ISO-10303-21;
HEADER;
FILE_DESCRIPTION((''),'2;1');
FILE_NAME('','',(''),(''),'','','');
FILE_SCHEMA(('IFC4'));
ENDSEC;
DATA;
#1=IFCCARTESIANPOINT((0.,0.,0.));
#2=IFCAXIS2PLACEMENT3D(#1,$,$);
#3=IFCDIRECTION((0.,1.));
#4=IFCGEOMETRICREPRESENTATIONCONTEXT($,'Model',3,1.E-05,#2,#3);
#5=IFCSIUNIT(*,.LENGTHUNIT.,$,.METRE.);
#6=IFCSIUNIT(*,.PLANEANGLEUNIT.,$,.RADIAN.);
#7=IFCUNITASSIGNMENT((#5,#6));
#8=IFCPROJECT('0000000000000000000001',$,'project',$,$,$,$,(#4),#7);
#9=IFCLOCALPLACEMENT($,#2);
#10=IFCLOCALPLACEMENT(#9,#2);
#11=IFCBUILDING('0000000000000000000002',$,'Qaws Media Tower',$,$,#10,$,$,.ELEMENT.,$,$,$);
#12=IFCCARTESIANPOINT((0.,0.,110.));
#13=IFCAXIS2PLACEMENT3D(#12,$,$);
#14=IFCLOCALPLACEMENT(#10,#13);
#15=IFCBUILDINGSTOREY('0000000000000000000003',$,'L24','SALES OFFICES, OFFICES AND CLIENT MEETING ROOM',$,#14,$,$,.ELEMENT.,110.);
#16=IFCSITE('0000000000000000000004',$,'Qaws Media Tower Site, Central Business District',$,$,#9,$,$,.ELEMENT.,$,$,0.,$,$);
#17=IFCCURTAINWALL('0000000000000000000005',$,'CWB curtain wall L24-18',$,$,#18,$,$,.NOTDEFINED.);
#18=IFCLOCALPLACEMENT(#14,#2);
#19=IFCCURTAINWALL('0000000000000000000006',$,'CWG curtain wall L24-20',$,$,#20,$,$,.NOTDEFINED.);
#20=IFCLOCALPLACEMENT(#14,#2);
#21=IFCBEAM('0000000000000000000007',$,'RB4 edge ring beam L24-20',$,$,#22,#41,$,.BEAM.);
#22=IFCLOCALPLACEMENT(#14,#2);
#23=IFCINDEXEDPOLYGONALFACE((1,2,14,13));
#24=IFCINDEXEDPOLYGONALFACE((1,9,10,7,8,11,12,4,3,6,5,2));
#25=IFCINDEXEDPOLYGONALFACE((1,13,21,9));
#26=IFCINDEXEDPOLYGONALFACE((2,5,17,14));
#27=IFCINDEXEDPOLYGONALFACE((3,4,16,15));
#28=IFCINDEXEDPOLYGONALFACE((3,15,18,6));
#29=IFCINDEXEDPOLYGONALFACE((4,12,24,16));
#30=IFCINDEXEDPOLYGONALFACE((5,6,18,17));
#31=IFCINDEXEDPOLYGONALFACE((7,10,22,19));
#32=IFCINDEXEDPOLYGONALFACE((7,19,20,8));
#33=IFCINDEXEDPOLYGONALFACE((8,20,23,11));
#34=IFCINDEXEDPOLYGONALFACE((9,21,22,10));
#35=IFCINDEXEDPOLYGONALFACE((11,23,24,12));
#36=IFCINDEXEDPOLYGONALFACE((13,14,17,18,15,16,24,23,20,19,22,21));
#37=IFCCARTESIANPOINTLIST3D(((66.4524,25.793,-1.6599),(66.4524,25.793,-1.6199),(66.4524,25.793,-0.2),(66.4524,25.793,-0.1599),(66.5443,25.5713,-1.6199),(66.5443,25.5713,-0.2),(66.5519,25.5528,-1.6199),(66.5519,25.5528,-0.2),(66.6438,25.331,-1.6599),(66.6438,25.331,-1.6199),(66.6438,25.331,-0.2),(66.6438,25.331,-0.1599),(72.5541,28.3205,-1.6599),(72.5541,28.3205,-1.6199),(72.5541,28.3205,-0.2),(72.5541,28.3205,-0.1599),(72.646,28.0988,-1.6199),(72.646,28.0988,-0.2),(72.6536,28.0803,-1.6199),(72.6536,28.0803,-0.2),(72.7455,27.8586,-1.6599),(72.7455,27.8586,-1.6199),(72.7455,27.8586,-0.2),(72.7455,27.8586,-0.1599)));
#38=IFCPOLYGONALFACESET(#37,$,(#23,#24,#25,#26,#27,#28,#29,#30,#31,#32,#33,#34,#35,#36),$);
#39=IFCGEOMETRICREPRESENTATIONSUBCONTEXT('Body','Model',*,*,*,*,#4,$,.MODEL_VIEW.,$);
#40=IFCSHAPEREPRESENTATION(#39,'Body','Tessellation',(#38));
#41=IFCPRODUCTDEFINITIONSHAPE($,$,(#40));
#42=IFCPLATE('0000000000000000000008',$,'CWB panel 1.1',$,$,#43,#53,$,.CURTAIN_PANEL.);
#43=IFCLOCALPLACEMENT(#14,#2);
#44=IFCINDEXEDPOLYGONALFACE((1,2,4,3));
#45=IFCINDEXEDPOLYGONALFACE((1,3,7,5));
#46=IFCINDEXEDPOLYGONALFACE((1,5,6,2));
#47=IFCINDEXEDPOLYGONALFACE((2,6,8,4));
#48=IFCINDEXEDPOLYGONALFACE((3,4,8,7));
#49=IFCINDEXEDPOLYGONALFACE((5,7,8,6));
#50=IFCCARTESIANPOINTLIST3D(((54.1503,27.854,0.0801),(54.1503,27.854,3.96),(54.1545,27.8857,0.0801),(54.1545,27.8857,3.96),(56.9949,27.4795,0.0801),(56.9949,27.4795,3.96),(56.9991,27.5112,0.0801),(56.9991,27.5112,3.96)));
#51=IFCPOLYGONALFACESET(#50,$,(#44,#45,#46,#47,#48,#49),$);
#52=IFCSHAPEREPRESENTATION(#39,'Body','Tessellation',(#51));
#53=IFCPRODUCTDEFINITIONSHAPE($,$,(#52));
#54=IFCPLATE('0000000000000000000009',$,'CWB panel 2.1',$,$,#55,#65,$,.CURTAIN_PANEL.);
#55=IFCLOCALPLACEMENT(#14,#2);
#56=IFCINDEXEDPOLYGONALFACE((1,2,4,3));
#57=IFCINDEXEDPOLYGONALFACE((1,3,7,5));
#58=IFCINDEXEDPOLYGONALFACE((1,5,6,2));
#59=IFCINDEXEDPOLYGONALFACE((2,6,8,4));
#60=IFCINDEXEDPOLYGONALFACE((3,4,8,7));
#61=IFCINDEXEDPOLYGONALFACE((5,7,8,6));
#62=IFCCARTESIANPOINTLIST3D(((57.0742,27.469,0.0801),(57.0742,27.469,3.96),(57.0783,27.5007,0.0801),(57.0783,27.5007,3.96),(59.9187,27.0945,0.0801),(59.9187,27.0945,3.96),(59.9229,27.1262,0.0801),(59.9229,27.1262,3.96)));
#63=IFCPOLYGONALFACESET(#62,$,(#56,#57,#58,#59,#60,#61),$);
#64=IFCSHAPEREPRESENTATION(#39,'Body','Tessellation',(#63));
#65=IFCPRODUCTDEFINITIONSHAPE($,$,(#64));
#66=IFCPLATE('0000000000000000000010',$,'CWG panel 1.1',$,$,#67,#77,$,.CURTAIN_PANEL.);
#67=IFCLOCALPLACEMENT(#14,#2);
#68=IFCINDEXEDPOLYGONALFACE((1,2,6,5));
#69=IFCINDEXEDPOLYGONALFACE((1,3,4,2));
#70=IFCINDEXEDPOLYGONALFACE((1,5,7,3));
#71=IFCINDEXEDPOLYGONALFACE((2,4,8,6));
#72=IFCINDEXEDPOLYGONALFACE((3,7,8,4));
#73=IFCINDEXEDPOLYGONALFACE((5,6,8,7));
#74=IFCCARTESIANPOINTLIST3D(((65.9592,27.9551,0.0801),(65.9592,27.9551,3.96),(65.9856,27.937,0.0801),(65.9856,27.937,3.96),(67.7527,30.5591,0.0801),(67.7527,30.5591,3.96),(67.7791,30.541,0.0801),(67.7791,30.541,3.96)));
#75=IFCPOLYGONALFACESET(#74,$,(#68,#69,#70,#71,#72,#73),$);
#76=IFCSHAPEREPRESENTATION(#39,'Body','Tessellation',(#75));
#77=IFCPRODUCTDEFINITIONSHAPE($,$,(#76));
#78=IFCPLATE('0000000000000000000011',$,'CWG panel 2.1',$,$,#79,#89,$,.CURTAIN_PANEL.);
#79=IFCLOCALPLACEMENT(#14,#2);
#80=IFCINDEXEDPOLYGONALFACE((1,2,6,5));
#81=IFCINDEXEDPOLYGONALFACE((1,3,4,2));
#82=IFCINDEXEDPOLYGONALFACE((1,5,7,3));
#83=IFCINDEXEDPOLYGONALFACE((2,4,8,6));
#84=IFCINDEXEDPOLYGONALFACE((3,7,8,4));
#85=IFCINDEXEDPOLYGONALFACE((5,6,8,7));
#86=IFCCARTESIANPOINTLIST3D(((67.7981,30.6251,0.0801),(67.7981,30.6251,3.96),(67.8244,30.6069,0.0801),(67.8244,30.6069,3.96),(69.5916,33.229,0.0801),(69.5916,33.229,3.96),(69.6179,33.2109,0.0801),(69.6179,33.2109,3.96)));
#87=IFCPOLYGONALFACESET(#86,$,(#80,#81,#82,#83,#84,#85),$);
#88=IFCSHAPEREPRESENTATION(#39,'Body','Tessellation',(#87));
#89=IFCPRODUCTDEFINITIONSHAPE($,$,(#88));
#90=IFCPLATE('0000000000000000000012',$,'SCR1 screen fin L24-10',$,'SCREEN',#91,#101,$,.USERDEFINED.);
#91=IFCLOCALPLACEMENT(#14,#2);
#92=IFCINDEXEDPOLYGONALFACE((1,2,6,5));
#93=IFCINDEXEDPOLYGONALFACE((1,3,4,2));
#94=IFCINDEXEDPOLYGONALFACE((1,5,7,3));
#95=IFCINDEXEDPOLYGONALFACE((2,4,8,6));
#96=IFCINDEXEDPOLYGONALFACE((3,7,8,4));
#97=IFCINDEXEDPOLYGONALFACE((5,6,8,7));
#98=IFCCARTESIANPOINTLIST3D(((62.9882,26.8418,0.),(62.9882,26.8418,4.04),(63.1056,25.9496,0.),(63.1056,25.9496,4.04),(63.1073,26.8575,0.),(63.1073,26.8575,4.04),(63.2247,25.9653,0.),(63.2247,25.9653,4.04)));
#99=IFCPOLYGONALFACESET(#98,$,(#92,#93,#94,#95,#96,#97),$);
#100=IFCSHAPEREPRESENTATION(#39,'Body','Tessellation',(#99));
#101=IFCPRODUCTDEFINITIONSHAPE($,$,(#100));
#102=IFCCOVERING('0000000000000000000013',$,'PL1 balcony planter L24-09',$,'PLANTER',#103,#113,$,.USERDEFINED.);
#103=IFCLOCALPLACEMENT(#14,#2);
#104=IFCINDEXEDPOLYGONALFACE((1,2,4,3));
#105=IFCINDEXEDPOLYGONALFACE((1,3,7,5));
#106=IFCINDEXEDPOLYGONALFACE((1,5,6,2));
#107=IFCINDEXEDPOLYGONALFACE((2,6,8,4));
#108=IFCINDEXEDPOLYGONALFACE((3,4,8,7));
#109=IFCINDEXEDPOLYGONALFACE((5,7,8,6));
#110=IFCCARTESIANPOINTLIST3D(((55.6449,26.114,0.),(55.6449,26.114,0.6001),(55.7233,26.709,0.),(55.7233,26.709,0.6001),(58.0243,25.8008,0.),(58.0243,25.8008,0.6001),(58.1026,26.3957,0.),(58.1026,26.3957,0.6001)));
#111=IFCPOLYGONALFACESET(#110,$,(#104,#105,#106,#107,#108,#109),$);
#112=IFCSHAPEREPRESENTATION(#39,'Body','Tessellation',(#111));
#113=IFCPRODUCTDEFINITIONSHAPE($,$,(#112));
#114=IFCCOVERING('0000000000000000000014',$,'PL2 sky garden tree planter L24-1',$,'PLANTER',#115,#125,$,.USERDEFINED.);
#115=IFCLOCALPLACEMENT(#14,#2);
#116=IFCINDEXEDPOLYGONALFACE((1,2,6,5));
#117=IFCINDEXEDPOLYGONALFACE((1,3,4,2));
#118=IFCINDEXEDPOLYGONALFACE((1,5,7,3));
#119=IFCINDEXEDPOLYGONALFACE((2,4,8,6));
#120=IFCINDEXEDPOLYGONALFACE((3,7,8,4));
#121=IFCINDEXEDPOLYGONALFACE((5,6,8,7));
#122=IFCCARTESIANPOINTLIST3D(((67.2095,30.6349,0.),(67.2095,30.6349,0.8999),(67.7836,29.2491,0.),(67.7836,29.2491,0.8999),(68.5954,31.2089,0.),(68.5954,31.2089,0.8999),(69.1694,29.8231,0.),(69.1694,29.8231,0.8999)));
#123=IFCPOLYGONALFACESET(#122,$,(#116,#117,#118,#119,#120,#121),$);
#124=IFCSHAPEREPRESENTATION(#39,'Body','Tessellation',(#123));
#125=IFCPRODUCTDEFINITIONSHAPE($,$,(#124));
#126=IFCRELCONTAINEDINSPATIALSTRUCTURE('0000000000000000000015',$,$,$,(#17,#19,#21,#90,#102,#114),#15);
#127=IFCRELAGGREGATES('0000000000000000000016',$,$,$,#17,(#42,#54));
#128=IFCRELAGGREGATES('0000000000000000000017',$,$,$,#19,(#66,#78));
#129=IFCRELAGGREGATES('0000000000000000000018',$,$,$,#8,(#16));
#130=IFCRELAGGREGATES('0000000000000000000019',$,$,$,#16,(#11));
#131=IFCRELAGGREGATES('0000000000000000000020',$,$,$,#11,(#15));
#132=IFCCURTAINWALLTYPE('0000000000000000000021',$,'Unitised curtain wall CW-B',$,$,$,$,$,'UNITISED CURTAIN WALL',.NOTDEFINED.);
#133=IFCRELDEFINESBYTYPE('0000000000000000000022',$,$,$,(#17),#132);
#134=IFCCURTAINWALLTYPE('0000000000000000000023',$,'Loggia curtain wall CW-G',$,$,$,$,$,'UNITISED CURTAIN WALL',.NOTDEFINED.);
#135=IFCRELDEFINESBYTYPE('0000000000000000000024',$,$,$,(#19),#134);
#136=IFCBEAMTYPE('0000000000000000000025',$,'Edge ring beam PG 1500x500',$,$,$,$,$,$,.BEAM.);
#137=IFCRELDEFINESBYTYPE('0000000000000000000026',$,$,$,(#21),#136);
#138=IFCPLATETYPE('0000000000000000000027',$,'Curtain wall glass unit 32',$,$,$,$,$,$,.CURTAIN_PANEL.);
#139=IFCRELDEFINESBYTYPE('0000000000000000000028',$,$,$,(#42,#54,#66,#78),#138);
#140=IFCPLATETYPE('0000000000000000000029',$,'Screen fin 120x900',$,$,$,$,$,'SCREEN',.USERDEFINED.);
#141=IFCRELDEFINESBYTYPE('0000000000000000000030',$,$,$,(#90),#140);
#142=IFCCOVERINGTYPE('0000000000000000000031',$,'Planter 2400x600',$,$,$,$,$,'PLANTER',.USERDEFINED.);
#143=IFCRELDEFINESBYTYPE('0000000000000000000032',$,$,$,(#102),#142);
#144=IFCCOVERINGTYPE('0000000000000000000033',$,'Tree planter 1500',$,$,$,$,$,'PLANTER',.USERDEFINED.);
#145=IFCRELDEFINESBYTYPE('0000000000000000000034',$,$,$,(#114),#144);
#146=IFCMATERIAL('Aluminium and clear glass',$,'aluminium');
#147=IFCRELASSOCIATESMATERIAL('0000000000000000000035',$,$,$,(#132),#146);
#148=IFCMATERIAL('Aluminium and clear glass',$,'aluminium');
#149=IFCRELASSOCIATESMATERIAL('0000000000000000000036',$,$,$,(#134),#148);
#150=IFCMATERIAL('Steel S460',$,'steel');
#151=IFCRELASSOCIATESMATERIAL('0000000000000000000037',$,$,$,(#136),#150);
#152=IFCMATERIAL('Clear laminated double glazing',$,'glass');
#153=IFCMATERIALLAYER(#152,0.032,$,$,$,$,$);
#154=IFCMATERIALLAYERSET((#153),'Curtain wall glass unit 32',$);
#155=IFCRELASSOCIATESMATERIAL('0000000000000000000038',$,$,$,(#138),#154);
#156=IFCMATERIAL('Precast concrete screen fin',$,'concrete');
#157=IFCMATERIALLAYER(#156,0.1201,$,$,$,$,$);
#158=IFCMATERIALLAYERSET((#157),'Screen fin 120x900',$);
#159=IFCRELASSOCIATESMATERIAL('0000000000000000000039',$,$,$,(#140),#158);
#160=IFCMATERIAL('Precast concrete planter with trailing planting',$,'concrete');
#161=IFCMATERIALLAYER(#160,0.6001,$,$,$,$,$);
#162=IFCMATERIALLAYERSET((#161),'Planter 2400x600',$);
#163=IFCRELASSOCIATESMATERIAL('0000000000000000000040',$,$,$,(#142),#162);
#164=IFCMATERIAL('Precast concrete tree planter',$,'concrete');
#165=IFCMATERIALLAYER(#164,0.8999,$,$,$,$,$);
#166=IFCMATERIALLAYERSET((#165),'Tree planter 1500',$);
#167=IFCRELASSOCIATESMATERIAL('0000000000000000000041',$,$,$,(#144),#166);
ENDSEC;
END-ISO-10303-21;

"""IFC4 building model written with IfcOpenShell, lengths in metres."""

from ifc_helpers import new_model, si_unit, direction, frame, origin, origin_2d, place, context, subcontext, project, spatial, rectangle, i_section, extrude, material, layer, layer_set, material_profile, profile_set, type_object, element, aggregate, save


model = new_model("IFC4")

# Units and contexts
model_context = context("Model", 3, precision=1e-05, world=origin(), true_north=direction((0.0, 1.0)))
body_context = subcontext(model_context, "Body", "Model", "MODEL_VIEW")
ifc_project = project(units=[si_unit("LENGTHUNIT", "METRE"), si_unit("PLANEANGLEUNIT", "RADIAN")], contexts=[model_context])

# Site, building, storey
site_placement = place(None, origin())
site = spatial("IfcSite", under=ifc_project, at=site_placement, Name="Qaws Media Tower Site, Central Business District", CompositionType="ELEMENT", RefElevation=0.0)
building_placement = place(site_placement, origin())
building = spatial("IfcBuilding", under=site, at=building_placement, Name="Qaws Media Tower", CompositionType="ELEMENT")
storey_placement = place(building_placement, frame((0.0, 0.0, 110.0)))
storey = spatial("IfcBuildingStorey", under=building, at=storey_placement, Name="L24", Description="SALES OFFICES, OFFICES AND CLIENT MEETING ROOM", CompositionType="ELEMENT", Elevation=110.0)

# Curtain walls
ifc_material_1 = material(Name="Aluminium and clear glass", Category="aluminium")
curtain_wall_type_1 = type_object("IfcCurtainWallType", Name="Unitised curtain wall CW-B", ElementType="UNITISED CURTAIN WALL", PredefinedType="NOTDEFINED", material=ifc_material_1)
curtain_wall_1_placement = place(storey_placement, origin())
curtain_wall_1 = element("IfcCurtainWall", 1, at=curtain_wall_1_placement, inside=storey, type_object=curtain_wall_type_1, Name="CWB curtain wall L24-18", PredefinedType="NOTDEFINED")
ifc_material_2 = material(Name="Aluminium and clear glass", Category="aluminium")
curtain_wall_type_2 = type_object("IfcCurtainWallType", Name="Loggia curtain wall CW-G", ElementType="UNITISED CURTAIN WALL", PredefinedType="NOTDEFINED", material=ifc_material_2)
curtain_wall_2_placement = place(storey_placement, origin())
curtain_wall_2 = element("IfcCurtainWall", 2, at=curtain_wall_2_placement, inside=storey, type_object=curtain_wall_type_2, Name="CWG curtain wall L24-20", PredefinedType="NOTDEFINED")

# Beam
ifc_material_3 = material(Name="Steel S460", Category="steel")
ifc_material_profile_1 = material_profile(ifc_material_3, i_section(OverallWidth=0.5, OverallDepth=1.5, WebThickness=0.02, FlangeThickness=0.04, at=origin_2d()), Name="PG 1500x500")
ifc_profile_set_1 = profile_set([ifc_material_profile_1], Name="Steel S460")
beam_type = type_object("IfcBeamType", Name="Edge ring beam PG 1500x500", PredefinedType="BEAM", material=ifc_profile_set_1)
for number, where, z_axis, x_axis, name in (
    (3, (66.5481, 25.562, -0.9099), (0.923872, 0.382701, 0.0), (-0.382701, 0.923872, 0.0), "RB4 edge ring beam L24-20"),
):
    element("IfcBeam", number, at=place(storey_placement, frame(where, z_axis=z_axis, x_axis=x_axis)), inside=storey, type_object=beam_type, Name=name, PredefinedType="BEAM", context=body_context, shape_type="SweptSolid", body=[
        extrude(i_section(OverallWidth=0.5, OverallDepth=1.5, WebThickness=0.02, FlangeThickness=0.04, at=origin_2d()), origin(), (0.0, 0.0, 1.0), 6.6045),
    ])

# Plates
ifc_material_4 = material(Name="Clear laminated double glazing", Category="glass")
ifc_layer_1 = layer(ifc_material_4, 0.032)
ifc_layer_set_1 = layer_set([ifc_layer_1], Name="Curtain wall glass unit 32")
plate_type_1 = type_object("IfcPlateType", Name="Curtain wall glass unit 32", PredefinedType="CURTAIN_PANEL", material=ifc_layer_set_1)
plate_1_placement = place(storey_placement, frame((55.5747, 27.6826, 0.0801), z_axis=(0.0, 0.0, 1.0), x_axis=(0.991445, -0.130526, 0.0)))
plate_1 = element("IfcPlate", 4, at=plate_1_placement, type_object=plate_type_1, Name="CWB panel 1.1", PredefinedType="CURTAIN_PANEL", context=body_context, shape_type="SweptSolid", body=[
    extrude(rectangle(XDim=2.8691, YDim=0.032, at=origin_2d()), origin(), (0.0, 0.0, 1.0), 3.8799),
])
plate_2_placement = place(storey_placement, frame((58.4985, 27.2976, 0.0801), z_axis=(0.0, 0.0, 1.0), x_axis=(0.991445, -0.130526, 0.0)))
plate_2 = element("IfcPlate", 5, at=plate_2_placement, type_object=plate_type_1, Name="CWB panel 2.1", PredefinedType="CURTAIN_PANEL", context=body_context, shape_type="SweptSolid", body=[
    extrude(rectangle(XDim=2.8691, YDim=0.032, at=origin_2d()), origin(), (0.0, 0.0, 1.0), 3.8799),
])
aggregate(curtain_wall_1, [plate_1, plate_2])
plate_3_placement = place(storey_placement, frame((66.8691, 29.248, 0.0801), z_axis=(0.0, 0.0, 1.0), x_axis=(0.567235, 0.823556, 0.0)))
plate_3 = element("IfcPlate", 6, at=plate_3_placement, type_object=plate_type_1, Name="CWG panel 1.1", PredefinedType="CURTAIN_PANEL", context=body_context, shape_type="SweptSolid", body=[
    extrude(rectangle(XDim=3.1619, YDim=0.032, at=origin_2d()), origin(), (0.0, 0.0, 1.0), 3.8799),
])
plate_4_placement = place(storey_placement, frame((68.708, 31.918, 0.0801), z_axis=(0.0, 0.0, 1.0), x_axis=(0.567235, 0.823556, 0.0)))
plate_4 = element("IfcPlate", 7, at=plate_4_placement, type_object=plate_type_1, Name="CWG panel 2.1", PredefinedType="CURTAIN_PANEL", context=body_context, shape_type="SweptSolid", body=[
    extrude(rectangle(XDim=3.1619, YDim=0.032, at=origin_2d()), origin(), (0.0, 0.0, 1.0), 3.8799),
])
aggregate(curtain_wall_2, [plate_3, plate_4])
ifc_material_5 = material(Name="Precast concrete screen fin", Category="concrete")
ifc_layer_2 = layer(ifc_material_5, 0.1201)
ifc_layer_set_2 = layer_set([ifc_layer_2], Name="Screen fin 120x900")
plate_type_2 = type_object("IfcPlateType", Name="Screen fin 120x900", ElementType="SCREEN", PredefinedType="USERDEFINED", material=ifc_layer_set_2)
plate_5_placement = place(storey_placement, frame((63.1064, 26.4036, 0.0), z_axis=(0.0, 0.0, 1.0), x_axis=(0.130526, -0.991445, 0.0)))
element("IfcPlate", 8, at=plate_5_placement, inside=storey, type_object=plate_type_2, Name="SCR1 screen fin L24-10", ObjectType="SCREEN", PredefinedType="USERDEFINED", context=body_context, shape_type="SweptSolid", body=[
    extrude(rectangle(XDim=0.8999, YDim=0.1201, at=origin_2d()), origin(), (0.0, 0.0, 1.0), 4.04),
])

# Coverings
ifc_material_6 = material(Name="Precast concrete planter with trailing planting", Category="concrete")
ifc_layer_3 = layer(ifc_material_6, 0.6001)
ifc_layer_set_3 = layer_set([ifc_layer_3], Name="Planter 2400x600")
covering_type_1 = type_object("IfcCoveringType", Name="Planter 2400x600", ElementType="PLANTER", PredefinedType="USERDEFINED", material=ifc_layer_set_3)
covering_1_placement = place(storey_placement, frame((56.8738, 26.2549, 0.0), z_axis=(0.0, 0.0, 1.0), x_axis=(0.991445, -0.130526, 0.0)))
element("IfcCovering", 9, at=covering_1_placement, inside=storey, type_object=covering_type_1, Name="PL1 balcony planter L24-09", ObjectType="PLANTER", PredefinedType="USERDEFINED", context=body_context, shape_type="SweptSolid", body=[
    extrude(rectangle(XDim=2.3999, YDim=0.6001, at=origin_2d()), origin(), (0.0, 0.0, 1.0), 0.6001),
])
ifc_material_7 = material(Name="Precast concrete tree planter", Category="concrete")
ifc_layer_4 = layer(ifc_material_7, 0.8999)
ifc_layer_set_4 = layer_set([ifc_layer_4], Name="Tree planter 1500")
covering_type_2 = type_object("IfcCoveringType", Name="Tree planter 1500", ElementType="PLANTER", PredefinedType="USERDEFINED", material=ifc_layer_set_4)
covering_2_placement = place(storey_placement, frame((68.1895, 30.229, 0.0), z_axis=(0.0, 0.0, 1.0), x_axis=(0.382683, -0.92388, 0.0)))
element("IfcCovering", 10, at=covering_2_placement, inside=storey, type_object=covering_type_2, Name="PL2 sky garden tree planter L24-1", ObjectType="PLANTER", PredefinedType="USERDEFINED", context=body_context, shape_type="SweptSolid", body=[
    extrude(rectangle(XDim=1.5, YDim=1.5, at=origin_2d()), origin(), (0.0, 0.0, 1.0), 0.8999),
])

save(model, "model.ifc")
